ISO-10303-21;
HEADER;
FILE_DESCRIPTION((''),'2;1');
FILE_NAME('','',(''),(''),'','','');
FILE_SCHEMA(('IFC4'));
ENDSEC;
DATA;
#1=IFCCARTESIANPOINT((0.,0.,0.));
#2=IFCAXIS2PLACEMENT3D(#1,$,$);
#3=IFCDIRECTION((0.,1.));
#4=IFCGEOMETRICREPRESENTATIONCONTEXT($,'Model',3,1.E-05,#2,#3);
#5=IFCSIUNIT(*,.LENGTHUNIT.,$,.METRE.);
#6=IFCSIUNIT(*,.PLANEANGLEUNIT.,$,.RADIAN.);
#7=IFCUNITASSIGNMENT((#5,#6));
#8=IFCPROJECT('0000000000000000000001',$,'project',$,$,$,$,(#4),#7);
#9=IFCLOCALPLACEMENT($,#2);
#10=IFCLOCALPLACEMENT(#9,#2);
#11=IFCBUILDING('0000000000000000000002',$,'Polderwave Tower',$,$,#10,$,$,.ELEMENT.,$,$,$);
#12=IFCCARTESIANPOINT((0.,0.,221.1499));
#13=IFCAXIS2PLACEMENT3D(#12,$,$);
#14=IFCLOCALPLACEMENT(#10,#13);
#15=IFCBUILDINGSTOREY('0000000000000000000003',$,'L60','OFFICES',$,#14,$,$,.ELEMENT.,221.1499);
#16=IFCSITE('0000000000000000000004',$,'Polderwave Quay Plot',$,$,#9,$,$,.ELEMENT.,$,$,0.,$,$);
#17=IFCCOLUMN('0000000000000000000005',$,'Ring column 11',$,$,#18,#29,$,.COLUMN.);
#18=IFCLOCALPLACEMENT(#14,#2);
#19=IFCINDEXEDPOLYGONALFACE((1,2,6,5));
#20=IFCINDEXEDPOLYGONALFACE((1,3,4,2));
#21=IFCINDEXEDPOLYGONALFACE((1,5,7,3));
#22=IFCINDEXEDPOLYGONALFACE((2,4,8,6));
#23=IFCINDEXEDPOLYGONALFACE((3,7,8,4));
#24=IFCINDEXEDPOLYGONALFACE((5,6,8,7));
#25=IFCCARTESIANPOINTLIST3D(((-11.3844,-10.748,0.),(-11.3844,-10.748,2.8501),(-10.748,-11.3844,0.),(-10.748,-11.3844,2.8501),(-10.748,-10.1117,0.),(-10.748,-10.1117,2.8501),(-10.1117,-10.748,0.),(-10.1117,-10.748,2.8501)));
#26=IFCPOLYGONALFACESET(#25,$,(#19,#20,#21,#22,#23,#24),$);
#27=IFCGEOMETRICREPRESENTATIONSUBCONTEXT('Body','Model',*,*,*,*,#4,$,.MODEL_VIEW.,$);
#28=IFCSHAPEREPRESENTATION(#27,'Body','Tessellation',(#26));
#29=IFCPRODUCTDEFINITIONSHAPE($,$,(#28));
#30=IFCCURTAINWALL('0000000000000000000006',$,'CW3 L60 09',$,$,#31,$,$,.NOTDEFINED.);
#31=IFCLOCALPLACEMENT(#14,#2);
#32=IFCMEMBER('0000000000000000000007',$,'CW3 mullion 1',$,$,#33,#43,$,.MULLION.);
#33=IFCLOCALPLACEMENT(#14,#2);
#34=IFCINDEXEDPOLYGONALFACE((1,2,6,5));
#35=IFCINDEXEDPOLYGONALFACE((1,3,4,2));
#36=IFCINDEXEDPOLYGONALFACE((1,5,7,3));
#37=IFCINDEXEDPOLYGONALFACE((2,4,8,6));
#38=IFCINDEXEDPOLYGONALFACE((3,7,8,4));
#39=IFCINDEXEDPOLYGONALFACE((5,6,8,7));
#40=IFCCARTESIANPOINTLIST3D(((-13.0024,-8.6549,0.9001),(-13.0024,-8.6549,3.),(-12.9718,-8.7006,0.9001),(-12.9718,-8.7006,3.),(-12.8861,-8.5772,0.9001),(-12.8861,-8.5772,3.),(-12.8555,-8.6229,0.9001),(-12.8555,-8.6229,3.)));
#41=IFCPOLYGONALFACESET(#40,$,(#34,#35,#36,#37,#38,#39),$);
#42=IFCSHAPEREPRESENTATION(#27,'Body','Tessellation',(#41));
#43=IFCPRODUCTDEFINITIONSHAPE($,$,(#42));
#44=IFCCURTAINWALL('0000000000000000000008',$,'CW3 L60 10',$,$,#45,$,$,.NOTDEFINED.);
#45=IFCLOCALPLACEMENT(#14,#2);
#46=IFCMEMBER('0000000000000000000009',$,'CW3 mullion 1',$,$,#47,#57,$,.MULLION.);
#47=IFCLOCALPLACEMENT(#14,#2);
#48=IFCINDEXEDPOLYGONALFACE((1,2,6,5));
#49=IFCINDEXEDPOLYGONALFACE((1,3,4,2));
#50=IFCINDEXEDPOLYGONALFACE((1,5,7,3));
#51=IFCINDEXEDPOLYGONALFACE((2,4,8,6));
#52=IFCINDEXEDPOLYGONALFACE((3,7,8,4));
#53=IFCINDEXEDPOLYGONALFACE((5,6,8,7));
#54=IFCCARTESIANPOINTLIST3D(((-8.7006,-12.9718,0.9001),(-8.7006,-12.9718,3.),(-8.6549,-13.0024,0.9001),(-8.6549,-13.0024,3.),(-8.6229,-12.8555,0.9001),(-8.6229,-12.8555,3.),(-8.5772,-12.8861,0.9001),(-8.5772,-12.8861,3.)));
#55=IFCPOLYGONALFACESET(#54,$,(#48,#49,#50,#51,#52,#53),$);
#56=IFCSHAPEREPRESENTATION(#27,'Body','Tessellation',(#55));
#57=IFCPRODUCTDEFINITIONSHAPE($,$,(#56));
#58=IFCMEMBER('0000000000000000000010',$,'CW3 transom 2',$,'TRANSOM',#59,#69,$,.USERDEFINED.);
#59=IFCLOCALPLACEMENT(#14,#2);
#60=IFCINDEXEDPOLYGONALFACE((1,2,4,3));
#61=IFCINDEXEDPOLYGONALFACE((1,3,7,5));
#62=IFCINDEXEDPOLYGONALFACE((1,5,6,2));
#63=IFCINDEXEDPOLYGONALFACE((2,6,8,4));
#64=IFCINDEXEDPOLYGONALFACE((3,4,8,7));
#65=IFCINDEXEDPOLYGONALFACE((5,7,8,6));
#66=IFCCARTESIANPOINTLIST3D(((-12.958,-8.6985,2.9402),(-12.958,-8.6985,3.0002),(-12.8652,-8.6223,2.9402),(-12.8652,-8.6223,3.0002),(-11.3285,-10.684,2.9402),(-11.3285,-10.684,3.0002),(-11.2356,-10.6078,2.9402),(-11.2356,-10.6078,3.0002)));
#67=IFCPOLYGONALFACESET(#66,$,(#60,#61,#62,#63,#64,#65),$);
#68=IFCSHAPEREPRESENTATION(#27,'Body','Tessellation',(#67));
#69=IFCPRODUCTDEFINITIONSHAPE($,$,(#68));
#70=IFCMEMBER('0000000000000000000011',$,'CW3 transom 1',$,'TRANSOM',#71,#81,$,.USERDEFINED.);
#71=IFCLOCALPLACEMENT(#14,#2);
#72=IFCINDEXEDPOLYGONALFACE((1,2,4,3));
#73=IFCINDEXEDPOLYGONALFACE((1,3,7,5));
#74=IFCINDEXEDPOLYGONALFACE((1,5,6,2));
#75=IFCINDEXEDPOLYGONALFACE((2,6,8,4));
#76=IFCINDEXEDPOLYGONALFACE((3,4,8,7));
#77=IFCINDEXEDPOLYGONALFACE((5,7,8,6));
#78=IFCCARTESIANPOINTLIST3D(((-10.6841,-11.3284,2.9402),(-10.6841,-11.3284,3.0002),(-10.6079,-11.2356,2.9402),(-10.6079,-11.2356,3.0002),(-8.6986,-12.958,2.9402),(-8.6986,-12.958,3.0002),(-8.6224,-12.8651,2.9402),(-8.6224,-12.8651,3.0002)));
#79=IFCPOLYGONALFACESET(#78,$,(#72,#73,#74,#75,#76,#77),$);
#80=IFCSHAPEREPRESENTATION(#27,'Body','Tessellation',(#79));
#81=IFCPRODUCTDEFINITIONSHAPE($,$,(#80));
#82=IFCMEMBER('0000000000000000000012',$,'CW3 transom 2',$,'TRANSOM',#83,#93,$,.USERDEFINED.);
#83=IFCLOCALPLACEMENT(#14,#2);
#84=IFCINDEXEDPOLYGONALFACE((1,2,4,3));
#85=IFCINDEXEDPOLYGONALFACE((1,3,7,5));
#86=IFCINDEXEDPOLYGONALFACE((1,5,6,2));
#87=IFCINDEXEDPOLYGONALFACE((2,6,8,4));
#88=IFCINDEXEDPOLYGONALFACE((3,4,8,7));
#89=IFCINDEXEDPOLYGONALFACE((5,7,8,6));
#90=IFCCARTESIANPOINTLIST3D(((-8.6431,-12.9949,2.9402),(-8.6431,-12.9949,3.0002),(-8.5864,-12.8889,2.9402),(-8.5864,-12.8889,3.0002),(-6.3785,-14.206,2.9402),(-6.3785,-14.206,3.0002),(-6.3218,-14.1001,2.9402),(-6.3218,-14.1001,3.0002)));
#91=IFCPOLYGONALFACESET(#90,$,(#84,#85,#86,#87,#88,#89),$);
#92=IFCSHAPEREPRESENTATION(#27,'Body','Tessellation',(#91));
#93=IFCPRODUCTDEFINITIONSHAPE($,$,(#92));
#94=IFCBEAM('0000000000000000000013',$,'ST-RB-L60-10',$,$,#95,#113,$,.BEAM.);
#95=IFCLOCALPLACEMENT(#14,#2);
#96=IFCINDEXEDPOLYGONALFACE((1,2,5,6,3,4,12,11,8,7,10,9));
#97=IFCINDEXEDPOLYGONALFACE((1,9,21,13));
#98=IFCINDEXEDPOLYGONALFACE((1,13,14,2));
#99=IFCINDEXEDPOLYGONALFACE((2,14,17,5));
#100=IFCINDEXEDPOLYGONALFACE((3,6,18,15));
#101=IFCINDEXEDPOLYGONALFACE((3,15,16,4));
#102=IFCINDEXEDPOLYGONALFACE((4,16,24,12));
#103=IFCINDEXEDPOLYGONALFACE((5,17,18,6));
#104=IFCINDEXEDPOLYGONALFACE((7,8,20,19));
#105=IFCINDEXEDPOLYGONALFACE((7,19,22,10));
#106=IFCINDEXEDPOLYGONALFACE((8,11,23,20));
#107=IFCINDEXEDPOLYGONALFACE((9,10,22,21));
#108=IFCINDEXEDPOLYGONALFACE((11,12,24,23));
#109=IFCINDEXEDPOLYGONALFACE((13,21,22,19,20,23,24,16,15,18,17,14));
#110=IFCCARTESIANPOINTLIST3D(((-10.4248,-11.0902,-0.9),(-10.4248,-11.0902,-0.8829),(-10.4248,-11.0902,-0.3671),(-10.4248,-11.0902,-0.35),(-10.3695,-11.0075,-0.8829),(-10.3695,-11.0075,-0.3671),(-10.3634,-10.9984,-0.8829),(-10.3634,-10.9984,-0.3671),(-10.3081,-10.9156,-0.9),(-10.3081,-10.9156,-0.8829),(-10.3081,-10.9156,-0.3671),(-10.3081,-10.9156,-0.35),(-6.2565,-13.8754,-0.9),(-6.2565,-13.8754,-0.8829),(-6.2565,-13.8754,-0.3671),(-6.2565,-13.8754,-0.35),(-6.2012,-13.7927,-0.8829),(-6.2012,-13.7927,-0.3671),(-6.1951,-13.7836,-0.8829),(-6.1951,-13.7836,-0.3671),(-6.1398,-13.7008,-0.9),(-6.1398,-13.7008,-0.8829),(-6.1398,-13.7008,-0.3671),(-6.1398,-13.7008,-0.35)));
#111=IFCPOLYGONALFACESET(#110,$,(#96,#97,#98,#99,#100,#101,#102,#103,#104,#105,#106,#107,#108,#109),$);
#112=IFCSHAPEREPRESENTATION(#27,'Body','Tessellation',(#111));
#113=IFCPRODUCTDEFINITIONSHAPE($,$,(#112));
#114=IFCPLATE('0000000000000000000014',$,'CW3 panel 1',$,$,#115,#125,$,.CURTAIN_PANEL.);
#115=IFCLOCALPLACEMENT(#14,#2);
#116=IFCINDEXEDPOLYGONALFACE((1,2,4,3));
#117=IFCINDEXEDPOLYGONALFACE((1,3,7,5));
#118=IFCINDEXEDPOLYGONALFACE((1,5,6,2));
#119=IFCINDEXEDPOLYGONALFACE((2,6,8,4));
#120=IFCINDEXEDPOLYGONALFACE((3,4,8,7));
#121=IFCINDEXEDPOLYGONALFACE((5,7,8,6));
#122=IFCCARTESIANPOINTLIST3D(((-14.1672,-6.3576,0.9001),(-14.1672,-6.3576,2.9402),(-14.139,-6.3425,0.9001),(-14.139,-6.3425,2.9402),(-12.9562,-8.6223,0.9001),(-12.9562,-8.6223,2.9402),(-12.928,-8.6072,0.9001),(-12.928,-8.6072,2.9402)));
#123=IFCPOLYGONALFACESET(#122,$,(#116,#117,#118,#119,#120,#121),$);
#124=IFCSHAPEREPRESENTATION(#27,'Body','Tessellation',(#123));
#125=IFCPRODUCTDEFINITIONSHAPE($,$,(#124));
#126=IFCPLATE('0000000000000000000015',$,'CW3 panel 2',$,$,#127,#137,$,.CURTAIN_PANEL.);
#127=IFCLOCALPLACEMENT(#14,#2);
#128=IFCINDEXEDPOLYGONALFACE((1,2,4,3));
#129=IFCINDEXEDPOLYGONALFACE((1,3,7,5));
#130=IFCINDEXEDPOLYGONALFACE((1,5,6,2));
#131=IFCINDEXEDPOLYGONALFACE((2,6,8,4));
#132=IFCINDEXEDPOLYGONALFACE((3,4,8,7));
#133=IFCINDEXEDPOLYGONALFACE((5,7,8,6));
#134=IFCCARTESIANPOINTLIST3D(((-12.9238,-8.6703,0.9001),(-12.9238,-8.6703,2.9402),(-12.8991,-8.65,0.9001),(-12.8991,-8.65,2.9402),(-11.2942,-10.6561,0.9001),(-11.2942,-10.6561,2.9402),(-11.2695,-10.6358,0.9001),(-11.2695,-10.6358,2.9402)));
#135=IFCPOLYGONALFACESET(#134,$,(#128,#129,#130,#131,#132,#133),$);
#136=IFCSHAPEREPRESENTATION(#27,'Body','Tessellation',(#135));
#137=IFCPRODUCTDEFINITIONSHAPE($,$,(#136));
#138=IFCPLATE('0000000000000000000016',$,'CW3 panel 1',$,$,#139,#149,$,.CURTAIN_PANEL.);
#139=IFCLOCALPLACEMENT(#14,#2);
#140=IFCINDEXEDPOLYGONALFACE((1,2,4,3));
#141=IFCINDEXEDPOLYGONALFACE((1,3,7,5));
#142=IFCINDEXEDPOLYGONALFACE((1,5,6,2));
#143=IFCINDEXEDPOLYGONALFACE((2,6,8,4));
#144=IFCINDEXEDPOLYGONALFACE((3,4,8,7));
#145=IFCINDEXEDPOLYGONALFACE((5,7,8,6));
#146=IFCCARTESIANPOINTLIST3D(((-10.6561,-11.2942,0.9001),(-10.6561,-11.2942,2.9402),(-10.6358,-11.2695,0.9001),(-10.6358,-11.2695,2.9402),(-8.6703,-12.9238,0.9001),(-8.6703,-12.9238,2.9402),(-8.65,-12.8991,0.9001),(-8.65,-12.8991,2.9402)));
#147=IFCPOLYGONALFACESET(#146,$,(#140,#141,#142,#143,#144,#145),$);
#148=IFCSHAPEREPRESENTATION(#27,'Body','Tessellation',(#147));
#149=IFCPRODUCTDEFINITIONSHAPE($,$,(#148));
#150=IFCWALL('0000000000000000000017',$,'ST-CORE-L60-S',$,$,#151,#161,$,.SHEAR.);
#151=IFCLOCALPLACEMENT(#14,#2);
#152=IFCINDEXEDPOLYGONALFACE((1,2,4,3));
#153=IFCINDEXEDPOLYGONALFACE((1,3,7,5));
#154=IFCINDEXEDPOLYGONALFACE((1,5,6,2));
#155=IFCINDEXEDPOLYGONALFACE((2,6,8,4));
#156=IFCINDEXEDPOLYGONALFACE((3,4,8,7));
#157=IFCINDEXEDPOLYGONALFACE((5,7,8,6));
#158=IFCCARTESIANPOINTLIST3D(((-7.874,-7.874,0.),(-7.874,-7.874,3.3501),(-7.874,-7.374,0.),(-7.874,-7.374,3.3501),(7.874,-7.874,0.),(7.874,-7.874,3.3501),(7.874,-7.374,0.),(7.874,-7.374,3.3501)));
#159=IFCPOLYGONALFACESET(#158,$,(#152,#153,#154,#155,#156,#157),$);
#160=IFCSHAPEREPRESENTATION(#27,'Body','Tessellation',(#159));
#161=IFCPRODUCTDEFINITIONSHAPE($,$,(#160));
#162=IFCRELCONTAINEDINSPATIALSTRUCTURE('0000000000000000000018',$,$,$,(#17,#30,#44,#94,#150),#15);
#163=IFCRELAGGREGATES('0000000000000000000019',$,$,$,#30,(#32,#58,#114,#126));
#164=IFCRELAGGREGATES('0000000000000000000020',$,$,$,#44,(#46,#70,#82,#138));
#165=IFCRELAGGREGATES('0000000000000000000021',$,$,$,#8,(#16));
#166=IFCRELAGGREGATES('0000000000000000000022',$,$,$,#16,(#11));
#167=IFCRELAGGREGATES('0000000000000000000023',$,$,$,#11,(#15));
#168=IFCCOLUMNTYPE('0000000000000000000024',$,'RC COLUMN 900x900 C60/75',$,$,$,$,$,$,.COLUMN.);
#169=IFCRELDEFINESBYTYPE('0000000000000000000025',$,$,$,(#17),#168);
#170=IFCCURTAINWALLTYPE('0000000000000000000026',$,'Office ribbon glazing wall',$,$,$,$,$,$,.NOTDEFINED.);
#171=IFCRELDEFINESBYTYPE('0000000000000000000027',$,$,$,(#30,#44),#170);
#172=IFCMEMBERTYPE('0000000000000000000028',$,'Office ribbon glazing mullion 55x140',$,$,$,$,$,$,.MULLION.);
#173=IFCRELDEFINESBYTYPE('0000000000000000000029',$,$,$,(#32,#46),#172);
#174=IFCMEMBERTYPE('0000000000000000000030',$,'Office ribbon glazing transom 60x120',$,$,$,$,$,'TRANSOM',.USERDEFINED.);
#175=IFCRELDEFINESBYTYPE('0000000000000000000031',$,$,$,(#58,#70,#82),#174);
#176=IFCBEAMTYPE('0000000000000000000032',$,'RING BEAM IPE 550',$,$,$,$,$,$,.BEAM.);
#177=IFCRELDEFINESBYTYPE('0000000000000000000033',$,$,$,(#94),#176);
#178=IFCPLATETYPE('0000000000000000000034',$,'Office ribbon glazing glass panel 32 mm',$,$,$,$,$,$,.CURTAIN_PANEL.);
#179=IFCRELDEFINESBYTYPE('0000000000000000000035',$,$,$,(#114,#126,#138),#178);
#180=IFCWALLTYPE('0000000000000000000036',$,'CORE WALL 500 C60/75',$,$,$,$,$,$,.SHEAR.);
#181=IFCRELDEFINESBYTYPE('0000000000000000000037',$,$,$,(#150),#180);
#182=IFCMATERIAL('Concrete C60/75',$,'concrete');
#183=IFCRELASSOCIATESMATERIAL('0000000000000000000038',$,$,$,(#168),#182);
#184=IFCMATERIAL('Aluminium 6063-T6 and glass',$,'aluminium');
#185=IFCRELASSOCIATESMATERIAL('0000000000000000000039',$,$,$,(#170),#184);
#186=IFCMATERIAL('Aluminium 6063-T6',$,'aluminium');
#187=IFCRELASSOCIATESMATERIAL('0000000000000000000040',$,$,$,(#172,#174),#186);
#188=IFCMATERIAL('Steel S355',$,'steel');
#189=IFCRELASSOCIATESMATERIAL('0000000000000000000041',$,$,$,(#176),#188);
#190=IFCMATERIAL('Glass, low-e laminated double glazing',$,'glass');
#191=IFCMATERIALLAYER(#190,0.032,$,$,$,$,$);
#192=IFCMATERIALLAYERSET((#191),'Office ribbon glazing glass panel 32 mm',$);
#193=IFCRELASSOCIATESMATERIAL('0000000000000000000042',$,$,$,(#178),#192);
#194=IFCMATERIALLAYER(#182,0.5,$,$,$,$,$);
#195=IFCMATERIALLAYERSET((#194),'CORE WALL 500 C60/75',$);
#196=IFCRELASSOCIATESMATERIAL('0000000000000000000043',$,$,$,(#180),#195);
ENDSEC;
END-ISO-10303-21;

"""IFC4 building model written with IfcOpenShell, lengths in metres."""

from ifc_helpers import new_model, si_unit, direction, frame, frame_2d, origin, origin_2d, place, context, subcontext, project, spatial, rectangle, i_section, extrude, material, layer, layer_set, material_profile, profile_set, type_object, element, aggregate, save


model = new_model("IFC4")

# Units and contexts
model_context = context("Model", 3, precision=1e-05, world=origin(), true_north=direction((0.0, 1.0)))
body_context = subcontext(model_context, "Body", "Model", "MODEL_VIEW")
ifc_project = project(units=[si_unit("LENGTHUNIT", "METRE"), si_unit("PLANEANGLEUNIT", "RADIAN")], contexts=[model_context])

# Site, building, storey
site_placement = place(None, origin())
site = spatial("IfcSite", under=ifc_project, at=site_placement, Name="Polderwave Quay Plot", CompositionType="ELEMENT", RefElevation=0.0)
building_placement = place(site_placement, origin())
building = spatial("IfcBuilding", under=site, at=building_placement, Name="Polderwave Tower", CompositionType="ELEMENT")
storey_placement = place(building_placement, frame((0.0, 0.0, 221.1499)))
storey = spatial("IfcBuildingStorey", under=building, at=storey_placement, Name="L60", Description="OFFICES", CompositionType="ELEMENT", Elevation=221.1499)

# Column
ifc_material_1 = material(Name="Concrete C60/75", Category="concrete")
ifc_material_profile_1 = material_profile(ifc_material_1, rectangle(XDim=0.8999, YDim=0.8999, at=origin_2d()), Name="RC 900x900")
ifc_profile_set_1 = profile_set([ifc_material_profile_1], Name="Concrete C60/75")
column_type = type_object("IfcColumnType", Name="RC COLUMN 900x900 C60/75", PredefinedType="COLUMN", material=ifc_profile_set_1)
column_placement = place(storey_placement, frame((-10.748, -10.748, 0.0), z_axis=(0.0, 0.0, 1.0), x_axis=(-0.707107, -0.707107, 0.0)))
element("IfcColumn", 1, at=column_placement, inside=storey, type_object=column_type, Name="Ring column 11", PredefinedType="COLUMN", context=body_context, shape_type="SweptSolid", body=[
    extrude(rectangle(XDim=0.8999, YDim=0.8999, at=origin_2d()), origin(), (0.0, 0.0, 1.0), 2.8501),
])

# Curtain walls, members
ifc_material_2 = material(Name="Aluminium 6063-T6 and glass", Category="aluminium")
curtain_wall_type = type_object("IfcCurtainWallType", Name="Office ribbon glazing wall", PredefinedType="NOTDEFINED", material=ifc_material_2)
curtain_wall_1_placement = place(storey_placement, origin())
curtain_wall_1 = element("IfcCurtainWall", 2, at=curtain_wall_1_placement, inside=storey, type_object=curtain_wall_type, Name="CW3 L60 09", PredefinedType="NOTDEFINED")
ifc_material_3 = material(Name="Aluminium 6063-T6", Category="aluminium")
ifc_material_profile_2 = material_profile(ifc_material_3, rectangle(XDim=0.1399, YDim=0.0549, at=origin_2d()), Name="AL 55x140")
ifc_profile_set_2 = profile_set([ifc_material_profile_2], Name="Aluminium 6063-T6")
member_type_1 = type_object("IfcMemberType", Name="Office ribbon glazing mullion 55x140", PredefinedType="MULLION", material=ifc_profile_set_2)
member_1_placement = place(storey_placement, frame((-12.929, -8.6389, 0.9001), z_axis=(0.0, 0.0, 1.0), x_axis=(0.831431, 0.555628, 0.0)))
member_1 = element("IfcMember", 3, at=member_1_placement, type_object=member_type_1, Name="CW3 mullion 1", PredefinedType="MULLION", context=body_context, shape_type="SweptSolid", body=[
    extrude(rectangle(XDim=0.1399, YDim=0.0549, at=origin_2d()), origin(), (0.0, 0.0, 1.0), 2.0999),
])
curtain_wall_2_placement = place(storey_placement, origin())
curtain_wall_2 = element("IfcCurtainWall", 4, at=curtain_wall_2_placement, inside=storey, type_object=curtain_wall_type, Name="CW3 L60 10", PredefinedType="NOTDEFINED")
member_2_placement = place(storey_placement, frame((-8.6389, -12.929, 0.9001), z_axis=(0.0, 0.0, 1.0), x_axis=(0.555628, 0.831431, 0.0)))
member_2 = element("IfcMember", 5, at=member_2_placement, type_object=member_type_1, Name="CW3 mullion 1", PredefinedType="MULLION", context=body_context, shape_type="SweptSolid", body=[
    extrude(rectangle(XDim=0.1399, YDim=0.0549, at=origin_2d()), origin(), (0.0, 0.0, 1.0), 2.0999),
])

# Members
ifc_material_profile_3 = material_profile(ifc_material_3, rectangle(XDim=0.1201, YDim=0.0601, at=origin_2d()), Name="AL 60x120")
ifc_profile_set_3 = profile_set([ifc_material_profile_3], Name="Aluminium 6063-T6")
member_type_2 = type_object("IfcMemberType", Name="Office ribbon glazing transom 60x120", ElementType="TRANSOM", PredefinedType="USERDEFINED", material=ifc_profile_set_3)
member_3_placement = place(storey_placement, frame((-12.9116, -8.6604, 2.9702), z_axis=(0.634417, -0.772991, 0.0), x_axis=(0.772991, 0.634417, 0.0)))
member_3 = element("IfcMember", 6, at=member_3_placement, type_object=member_type_2, Name="CW3 transom 2", ObjectType="TRANSOM", PredefinedType="USERDEFINED", context=body_context, shape_type="SweptSolid", body=[
    extrude(rectangle(XDim=0.1201, YDim=0.0601, at=origin_2d()), origin(), (0.0, 0.0, 1.0), 2.5686),
])
member_4_placement = place(storey_placement, frame((-10.646, -11.282, 2.9702), z_axis=(0.772991, -0.634417, 0.0), x_axis=(0.634417, 0.772991, 0.0)))
member_4 = element("IfcMember", 7, at=member_4_placement, type_object=member_type_2, Name="CW3 transom 1", ObjectType="TRANSOM", PredefinedType="USERDEFINED", context=body_context, shape_type="SweptSolid", body=[
    extrude(rectangle(XDim=0.1201, YDim=0.0601, at=origin_2d()), origin(), (0.0, 0.0, 1.0), 2.5686),
])
member_5_placement = place(storey_placement, frame((-8.6147, -12.9419, 2.9702), z_axis=(0.881808, -0.471609, 0.0), x_axis=(0.471609, 0.881808, 0.0)))
member_5 = element("IfcMember", 8, at=member_5_placement, type_object=member_type_2, Name="CW3 transom 2", ObjectType="TRANSOM", PredefinedType="USERDEFINED", context=body_context, shape_type="SweptSolid", body=[
    extrude(rectangle(XDim=0.1201, YDim=0.0601, at=origin_2d()), origin(), (0.0, 0.0, 1.0), 2.5681),
])

# Beam
ifc_material_4 = material(Name="Steel S355", Category="steel")
ifc_material_profile_4 = material_profile(ifc_material_4, i_section(OverallWidth=0.21, OverallDepth=0.55, WebThickness=0.011, FlangeThickness=0.0171, at=origin_2d()), Name="IPE 550")
ifc_profile_set_4 = profile_set([ifc_material_profile_4], Name="Steel S355")
beam_type = type_object("IfcBeamType", Name="RING BEAM IPE 550", PredefinedType="BEAM", material=ifc_profile_set_4)
beam_placement = place(storey_placement, frame((-10.3665, -11.0029, -0.625), z_axis=(0.831465, -0.555576, 0.0), x_axis=(0.555576, 0.831465, 0.0)))
element("IfcBeam", 9, at=beam_placement, inside=storey, type_object=beam_type, Name="ST-RB-L60-10", PredefinedType="BEAM", context=body_context, shape_type="SweptSolid", body=[
    extrude(i_section(OverallWidth=0.21, OverallDepth=0.55, WebThickness=0.011, FlangeThickness=0.0171, at=origin_2d()), origin(), (0.0, 0.0, 1.0), 5.0132),
])

# Plates
ifc_material_5 = material(Name="Glass, low-e laminated double glazing", Category="glass")
ifc_layer_1 = layer(ifc_material_5, 0.032)
ifc_layer_set_1 = layer_set([ifc_layer_1], Name="Office ribbon glazing glass panel 32 mm")
plate_type = type_object("IfcPlateType", Name="Office ribbon glazing glass panel 32 mm", PredefinedType="CURTAIN_PANEL", material=ifc_layer_set_1)
plate_1_placement = place(storey_placement, frame((-13.5476, -7.4824, 0.9001), z_axis=(0.0, 0.0, 1.0), x_axis=(0.471548, -0.881841, 0.0)))
plate_1 = element("IfcPlate", 10, at=plate_1_placement, type_object=plate_type, Name="CW3 panel 1", PredefinedType="CURTAIN_PANEL", context=body_context, shape_type="SweptSolid", body=[
    extrude(rectangle(XDim=2.5681, YDim=0.032, at=origin_2d()), origin(), (0.0, 0.0, 1.0), 2.04),
])
plate_2_placement = place(storey_placement, frame((-12.0967, -9.6531, 0.9001), z_axis=(0.0, 0.0, 1.0), x_axis=(0.63437, -0.773029, 0.0)))
plate_2 = element("IfcPlate", 11, at=plate_2_placement, type_object=plate_type, Name="CW3 panel 2", PredefinedType="CURTAIN_PANEL", context=body_context, shape_type="SweptSolid", body=[
    extrude(rectangle(XDim=2.5688, YDim=0.032, at=origin_2d()), origin(), (0.0, 0.0, 1.0), 2.04),
])
aggregate(curtain_wall_1, [member_1, member_3, plate_1, plate_2])
plate_3_placement = place(storey_placement, frame((-9.6531, -12.0967, 0.9001), z_axis=(0.0, 0.0, 1.0), x_axis=(0.773029, -0.63437, 0.0)))
plate_3 = element("IfcPlate", 12, at=plate_3_placement, type_object=plate_type, Name="CW3 panel 1", PredefinedType="CURTAIN_PANEL", context=body_context, shape_type="SweptSolid", body=[
    extrude(rectangle(XDim=2.5688, YDim=0.032, at=origin_2d()), origin(), (0.0, 0.0, 1.0), 2.04),
])
aggregate(curtain_wall_2, [member_2, member_4, member_5, plate_3])

# Wall
ifc_layer_2 = layer(ifc_material_1, 0.5)
ifc_layer_set_2 = layer_set([ifc_layer_2], Name="CORE WALL 500 C60/75")
wall_type_1 = type_object("IfcWallType", Name="CORE WALL 500 C60/75", PredefinedType="SHEAR", material=ifc_layer_set_2)
wall_1_placement = place(storey_placement, frame((-7.874, -7.624, 0.0), z_axis=(0.0, 0.0, 1.0), x_axis=(1.0, 0.0, 0.0)))
element("IfcWall", 13, at=wall_1_placement, inside=storey, type_object=wall_type_1, Name="ST-CORE-L60-S", PredefinedType="SHEAR", context=body_context, shape_type="SweptSolid", body=[
    extrude(rectangle(XDim=15.748, YDim=0.5, at=frame_2d((7.874, 0.0))), origin(), (0.0, 0.0, 1.0), 3.3501),
])

save(model, "model.ifc")
